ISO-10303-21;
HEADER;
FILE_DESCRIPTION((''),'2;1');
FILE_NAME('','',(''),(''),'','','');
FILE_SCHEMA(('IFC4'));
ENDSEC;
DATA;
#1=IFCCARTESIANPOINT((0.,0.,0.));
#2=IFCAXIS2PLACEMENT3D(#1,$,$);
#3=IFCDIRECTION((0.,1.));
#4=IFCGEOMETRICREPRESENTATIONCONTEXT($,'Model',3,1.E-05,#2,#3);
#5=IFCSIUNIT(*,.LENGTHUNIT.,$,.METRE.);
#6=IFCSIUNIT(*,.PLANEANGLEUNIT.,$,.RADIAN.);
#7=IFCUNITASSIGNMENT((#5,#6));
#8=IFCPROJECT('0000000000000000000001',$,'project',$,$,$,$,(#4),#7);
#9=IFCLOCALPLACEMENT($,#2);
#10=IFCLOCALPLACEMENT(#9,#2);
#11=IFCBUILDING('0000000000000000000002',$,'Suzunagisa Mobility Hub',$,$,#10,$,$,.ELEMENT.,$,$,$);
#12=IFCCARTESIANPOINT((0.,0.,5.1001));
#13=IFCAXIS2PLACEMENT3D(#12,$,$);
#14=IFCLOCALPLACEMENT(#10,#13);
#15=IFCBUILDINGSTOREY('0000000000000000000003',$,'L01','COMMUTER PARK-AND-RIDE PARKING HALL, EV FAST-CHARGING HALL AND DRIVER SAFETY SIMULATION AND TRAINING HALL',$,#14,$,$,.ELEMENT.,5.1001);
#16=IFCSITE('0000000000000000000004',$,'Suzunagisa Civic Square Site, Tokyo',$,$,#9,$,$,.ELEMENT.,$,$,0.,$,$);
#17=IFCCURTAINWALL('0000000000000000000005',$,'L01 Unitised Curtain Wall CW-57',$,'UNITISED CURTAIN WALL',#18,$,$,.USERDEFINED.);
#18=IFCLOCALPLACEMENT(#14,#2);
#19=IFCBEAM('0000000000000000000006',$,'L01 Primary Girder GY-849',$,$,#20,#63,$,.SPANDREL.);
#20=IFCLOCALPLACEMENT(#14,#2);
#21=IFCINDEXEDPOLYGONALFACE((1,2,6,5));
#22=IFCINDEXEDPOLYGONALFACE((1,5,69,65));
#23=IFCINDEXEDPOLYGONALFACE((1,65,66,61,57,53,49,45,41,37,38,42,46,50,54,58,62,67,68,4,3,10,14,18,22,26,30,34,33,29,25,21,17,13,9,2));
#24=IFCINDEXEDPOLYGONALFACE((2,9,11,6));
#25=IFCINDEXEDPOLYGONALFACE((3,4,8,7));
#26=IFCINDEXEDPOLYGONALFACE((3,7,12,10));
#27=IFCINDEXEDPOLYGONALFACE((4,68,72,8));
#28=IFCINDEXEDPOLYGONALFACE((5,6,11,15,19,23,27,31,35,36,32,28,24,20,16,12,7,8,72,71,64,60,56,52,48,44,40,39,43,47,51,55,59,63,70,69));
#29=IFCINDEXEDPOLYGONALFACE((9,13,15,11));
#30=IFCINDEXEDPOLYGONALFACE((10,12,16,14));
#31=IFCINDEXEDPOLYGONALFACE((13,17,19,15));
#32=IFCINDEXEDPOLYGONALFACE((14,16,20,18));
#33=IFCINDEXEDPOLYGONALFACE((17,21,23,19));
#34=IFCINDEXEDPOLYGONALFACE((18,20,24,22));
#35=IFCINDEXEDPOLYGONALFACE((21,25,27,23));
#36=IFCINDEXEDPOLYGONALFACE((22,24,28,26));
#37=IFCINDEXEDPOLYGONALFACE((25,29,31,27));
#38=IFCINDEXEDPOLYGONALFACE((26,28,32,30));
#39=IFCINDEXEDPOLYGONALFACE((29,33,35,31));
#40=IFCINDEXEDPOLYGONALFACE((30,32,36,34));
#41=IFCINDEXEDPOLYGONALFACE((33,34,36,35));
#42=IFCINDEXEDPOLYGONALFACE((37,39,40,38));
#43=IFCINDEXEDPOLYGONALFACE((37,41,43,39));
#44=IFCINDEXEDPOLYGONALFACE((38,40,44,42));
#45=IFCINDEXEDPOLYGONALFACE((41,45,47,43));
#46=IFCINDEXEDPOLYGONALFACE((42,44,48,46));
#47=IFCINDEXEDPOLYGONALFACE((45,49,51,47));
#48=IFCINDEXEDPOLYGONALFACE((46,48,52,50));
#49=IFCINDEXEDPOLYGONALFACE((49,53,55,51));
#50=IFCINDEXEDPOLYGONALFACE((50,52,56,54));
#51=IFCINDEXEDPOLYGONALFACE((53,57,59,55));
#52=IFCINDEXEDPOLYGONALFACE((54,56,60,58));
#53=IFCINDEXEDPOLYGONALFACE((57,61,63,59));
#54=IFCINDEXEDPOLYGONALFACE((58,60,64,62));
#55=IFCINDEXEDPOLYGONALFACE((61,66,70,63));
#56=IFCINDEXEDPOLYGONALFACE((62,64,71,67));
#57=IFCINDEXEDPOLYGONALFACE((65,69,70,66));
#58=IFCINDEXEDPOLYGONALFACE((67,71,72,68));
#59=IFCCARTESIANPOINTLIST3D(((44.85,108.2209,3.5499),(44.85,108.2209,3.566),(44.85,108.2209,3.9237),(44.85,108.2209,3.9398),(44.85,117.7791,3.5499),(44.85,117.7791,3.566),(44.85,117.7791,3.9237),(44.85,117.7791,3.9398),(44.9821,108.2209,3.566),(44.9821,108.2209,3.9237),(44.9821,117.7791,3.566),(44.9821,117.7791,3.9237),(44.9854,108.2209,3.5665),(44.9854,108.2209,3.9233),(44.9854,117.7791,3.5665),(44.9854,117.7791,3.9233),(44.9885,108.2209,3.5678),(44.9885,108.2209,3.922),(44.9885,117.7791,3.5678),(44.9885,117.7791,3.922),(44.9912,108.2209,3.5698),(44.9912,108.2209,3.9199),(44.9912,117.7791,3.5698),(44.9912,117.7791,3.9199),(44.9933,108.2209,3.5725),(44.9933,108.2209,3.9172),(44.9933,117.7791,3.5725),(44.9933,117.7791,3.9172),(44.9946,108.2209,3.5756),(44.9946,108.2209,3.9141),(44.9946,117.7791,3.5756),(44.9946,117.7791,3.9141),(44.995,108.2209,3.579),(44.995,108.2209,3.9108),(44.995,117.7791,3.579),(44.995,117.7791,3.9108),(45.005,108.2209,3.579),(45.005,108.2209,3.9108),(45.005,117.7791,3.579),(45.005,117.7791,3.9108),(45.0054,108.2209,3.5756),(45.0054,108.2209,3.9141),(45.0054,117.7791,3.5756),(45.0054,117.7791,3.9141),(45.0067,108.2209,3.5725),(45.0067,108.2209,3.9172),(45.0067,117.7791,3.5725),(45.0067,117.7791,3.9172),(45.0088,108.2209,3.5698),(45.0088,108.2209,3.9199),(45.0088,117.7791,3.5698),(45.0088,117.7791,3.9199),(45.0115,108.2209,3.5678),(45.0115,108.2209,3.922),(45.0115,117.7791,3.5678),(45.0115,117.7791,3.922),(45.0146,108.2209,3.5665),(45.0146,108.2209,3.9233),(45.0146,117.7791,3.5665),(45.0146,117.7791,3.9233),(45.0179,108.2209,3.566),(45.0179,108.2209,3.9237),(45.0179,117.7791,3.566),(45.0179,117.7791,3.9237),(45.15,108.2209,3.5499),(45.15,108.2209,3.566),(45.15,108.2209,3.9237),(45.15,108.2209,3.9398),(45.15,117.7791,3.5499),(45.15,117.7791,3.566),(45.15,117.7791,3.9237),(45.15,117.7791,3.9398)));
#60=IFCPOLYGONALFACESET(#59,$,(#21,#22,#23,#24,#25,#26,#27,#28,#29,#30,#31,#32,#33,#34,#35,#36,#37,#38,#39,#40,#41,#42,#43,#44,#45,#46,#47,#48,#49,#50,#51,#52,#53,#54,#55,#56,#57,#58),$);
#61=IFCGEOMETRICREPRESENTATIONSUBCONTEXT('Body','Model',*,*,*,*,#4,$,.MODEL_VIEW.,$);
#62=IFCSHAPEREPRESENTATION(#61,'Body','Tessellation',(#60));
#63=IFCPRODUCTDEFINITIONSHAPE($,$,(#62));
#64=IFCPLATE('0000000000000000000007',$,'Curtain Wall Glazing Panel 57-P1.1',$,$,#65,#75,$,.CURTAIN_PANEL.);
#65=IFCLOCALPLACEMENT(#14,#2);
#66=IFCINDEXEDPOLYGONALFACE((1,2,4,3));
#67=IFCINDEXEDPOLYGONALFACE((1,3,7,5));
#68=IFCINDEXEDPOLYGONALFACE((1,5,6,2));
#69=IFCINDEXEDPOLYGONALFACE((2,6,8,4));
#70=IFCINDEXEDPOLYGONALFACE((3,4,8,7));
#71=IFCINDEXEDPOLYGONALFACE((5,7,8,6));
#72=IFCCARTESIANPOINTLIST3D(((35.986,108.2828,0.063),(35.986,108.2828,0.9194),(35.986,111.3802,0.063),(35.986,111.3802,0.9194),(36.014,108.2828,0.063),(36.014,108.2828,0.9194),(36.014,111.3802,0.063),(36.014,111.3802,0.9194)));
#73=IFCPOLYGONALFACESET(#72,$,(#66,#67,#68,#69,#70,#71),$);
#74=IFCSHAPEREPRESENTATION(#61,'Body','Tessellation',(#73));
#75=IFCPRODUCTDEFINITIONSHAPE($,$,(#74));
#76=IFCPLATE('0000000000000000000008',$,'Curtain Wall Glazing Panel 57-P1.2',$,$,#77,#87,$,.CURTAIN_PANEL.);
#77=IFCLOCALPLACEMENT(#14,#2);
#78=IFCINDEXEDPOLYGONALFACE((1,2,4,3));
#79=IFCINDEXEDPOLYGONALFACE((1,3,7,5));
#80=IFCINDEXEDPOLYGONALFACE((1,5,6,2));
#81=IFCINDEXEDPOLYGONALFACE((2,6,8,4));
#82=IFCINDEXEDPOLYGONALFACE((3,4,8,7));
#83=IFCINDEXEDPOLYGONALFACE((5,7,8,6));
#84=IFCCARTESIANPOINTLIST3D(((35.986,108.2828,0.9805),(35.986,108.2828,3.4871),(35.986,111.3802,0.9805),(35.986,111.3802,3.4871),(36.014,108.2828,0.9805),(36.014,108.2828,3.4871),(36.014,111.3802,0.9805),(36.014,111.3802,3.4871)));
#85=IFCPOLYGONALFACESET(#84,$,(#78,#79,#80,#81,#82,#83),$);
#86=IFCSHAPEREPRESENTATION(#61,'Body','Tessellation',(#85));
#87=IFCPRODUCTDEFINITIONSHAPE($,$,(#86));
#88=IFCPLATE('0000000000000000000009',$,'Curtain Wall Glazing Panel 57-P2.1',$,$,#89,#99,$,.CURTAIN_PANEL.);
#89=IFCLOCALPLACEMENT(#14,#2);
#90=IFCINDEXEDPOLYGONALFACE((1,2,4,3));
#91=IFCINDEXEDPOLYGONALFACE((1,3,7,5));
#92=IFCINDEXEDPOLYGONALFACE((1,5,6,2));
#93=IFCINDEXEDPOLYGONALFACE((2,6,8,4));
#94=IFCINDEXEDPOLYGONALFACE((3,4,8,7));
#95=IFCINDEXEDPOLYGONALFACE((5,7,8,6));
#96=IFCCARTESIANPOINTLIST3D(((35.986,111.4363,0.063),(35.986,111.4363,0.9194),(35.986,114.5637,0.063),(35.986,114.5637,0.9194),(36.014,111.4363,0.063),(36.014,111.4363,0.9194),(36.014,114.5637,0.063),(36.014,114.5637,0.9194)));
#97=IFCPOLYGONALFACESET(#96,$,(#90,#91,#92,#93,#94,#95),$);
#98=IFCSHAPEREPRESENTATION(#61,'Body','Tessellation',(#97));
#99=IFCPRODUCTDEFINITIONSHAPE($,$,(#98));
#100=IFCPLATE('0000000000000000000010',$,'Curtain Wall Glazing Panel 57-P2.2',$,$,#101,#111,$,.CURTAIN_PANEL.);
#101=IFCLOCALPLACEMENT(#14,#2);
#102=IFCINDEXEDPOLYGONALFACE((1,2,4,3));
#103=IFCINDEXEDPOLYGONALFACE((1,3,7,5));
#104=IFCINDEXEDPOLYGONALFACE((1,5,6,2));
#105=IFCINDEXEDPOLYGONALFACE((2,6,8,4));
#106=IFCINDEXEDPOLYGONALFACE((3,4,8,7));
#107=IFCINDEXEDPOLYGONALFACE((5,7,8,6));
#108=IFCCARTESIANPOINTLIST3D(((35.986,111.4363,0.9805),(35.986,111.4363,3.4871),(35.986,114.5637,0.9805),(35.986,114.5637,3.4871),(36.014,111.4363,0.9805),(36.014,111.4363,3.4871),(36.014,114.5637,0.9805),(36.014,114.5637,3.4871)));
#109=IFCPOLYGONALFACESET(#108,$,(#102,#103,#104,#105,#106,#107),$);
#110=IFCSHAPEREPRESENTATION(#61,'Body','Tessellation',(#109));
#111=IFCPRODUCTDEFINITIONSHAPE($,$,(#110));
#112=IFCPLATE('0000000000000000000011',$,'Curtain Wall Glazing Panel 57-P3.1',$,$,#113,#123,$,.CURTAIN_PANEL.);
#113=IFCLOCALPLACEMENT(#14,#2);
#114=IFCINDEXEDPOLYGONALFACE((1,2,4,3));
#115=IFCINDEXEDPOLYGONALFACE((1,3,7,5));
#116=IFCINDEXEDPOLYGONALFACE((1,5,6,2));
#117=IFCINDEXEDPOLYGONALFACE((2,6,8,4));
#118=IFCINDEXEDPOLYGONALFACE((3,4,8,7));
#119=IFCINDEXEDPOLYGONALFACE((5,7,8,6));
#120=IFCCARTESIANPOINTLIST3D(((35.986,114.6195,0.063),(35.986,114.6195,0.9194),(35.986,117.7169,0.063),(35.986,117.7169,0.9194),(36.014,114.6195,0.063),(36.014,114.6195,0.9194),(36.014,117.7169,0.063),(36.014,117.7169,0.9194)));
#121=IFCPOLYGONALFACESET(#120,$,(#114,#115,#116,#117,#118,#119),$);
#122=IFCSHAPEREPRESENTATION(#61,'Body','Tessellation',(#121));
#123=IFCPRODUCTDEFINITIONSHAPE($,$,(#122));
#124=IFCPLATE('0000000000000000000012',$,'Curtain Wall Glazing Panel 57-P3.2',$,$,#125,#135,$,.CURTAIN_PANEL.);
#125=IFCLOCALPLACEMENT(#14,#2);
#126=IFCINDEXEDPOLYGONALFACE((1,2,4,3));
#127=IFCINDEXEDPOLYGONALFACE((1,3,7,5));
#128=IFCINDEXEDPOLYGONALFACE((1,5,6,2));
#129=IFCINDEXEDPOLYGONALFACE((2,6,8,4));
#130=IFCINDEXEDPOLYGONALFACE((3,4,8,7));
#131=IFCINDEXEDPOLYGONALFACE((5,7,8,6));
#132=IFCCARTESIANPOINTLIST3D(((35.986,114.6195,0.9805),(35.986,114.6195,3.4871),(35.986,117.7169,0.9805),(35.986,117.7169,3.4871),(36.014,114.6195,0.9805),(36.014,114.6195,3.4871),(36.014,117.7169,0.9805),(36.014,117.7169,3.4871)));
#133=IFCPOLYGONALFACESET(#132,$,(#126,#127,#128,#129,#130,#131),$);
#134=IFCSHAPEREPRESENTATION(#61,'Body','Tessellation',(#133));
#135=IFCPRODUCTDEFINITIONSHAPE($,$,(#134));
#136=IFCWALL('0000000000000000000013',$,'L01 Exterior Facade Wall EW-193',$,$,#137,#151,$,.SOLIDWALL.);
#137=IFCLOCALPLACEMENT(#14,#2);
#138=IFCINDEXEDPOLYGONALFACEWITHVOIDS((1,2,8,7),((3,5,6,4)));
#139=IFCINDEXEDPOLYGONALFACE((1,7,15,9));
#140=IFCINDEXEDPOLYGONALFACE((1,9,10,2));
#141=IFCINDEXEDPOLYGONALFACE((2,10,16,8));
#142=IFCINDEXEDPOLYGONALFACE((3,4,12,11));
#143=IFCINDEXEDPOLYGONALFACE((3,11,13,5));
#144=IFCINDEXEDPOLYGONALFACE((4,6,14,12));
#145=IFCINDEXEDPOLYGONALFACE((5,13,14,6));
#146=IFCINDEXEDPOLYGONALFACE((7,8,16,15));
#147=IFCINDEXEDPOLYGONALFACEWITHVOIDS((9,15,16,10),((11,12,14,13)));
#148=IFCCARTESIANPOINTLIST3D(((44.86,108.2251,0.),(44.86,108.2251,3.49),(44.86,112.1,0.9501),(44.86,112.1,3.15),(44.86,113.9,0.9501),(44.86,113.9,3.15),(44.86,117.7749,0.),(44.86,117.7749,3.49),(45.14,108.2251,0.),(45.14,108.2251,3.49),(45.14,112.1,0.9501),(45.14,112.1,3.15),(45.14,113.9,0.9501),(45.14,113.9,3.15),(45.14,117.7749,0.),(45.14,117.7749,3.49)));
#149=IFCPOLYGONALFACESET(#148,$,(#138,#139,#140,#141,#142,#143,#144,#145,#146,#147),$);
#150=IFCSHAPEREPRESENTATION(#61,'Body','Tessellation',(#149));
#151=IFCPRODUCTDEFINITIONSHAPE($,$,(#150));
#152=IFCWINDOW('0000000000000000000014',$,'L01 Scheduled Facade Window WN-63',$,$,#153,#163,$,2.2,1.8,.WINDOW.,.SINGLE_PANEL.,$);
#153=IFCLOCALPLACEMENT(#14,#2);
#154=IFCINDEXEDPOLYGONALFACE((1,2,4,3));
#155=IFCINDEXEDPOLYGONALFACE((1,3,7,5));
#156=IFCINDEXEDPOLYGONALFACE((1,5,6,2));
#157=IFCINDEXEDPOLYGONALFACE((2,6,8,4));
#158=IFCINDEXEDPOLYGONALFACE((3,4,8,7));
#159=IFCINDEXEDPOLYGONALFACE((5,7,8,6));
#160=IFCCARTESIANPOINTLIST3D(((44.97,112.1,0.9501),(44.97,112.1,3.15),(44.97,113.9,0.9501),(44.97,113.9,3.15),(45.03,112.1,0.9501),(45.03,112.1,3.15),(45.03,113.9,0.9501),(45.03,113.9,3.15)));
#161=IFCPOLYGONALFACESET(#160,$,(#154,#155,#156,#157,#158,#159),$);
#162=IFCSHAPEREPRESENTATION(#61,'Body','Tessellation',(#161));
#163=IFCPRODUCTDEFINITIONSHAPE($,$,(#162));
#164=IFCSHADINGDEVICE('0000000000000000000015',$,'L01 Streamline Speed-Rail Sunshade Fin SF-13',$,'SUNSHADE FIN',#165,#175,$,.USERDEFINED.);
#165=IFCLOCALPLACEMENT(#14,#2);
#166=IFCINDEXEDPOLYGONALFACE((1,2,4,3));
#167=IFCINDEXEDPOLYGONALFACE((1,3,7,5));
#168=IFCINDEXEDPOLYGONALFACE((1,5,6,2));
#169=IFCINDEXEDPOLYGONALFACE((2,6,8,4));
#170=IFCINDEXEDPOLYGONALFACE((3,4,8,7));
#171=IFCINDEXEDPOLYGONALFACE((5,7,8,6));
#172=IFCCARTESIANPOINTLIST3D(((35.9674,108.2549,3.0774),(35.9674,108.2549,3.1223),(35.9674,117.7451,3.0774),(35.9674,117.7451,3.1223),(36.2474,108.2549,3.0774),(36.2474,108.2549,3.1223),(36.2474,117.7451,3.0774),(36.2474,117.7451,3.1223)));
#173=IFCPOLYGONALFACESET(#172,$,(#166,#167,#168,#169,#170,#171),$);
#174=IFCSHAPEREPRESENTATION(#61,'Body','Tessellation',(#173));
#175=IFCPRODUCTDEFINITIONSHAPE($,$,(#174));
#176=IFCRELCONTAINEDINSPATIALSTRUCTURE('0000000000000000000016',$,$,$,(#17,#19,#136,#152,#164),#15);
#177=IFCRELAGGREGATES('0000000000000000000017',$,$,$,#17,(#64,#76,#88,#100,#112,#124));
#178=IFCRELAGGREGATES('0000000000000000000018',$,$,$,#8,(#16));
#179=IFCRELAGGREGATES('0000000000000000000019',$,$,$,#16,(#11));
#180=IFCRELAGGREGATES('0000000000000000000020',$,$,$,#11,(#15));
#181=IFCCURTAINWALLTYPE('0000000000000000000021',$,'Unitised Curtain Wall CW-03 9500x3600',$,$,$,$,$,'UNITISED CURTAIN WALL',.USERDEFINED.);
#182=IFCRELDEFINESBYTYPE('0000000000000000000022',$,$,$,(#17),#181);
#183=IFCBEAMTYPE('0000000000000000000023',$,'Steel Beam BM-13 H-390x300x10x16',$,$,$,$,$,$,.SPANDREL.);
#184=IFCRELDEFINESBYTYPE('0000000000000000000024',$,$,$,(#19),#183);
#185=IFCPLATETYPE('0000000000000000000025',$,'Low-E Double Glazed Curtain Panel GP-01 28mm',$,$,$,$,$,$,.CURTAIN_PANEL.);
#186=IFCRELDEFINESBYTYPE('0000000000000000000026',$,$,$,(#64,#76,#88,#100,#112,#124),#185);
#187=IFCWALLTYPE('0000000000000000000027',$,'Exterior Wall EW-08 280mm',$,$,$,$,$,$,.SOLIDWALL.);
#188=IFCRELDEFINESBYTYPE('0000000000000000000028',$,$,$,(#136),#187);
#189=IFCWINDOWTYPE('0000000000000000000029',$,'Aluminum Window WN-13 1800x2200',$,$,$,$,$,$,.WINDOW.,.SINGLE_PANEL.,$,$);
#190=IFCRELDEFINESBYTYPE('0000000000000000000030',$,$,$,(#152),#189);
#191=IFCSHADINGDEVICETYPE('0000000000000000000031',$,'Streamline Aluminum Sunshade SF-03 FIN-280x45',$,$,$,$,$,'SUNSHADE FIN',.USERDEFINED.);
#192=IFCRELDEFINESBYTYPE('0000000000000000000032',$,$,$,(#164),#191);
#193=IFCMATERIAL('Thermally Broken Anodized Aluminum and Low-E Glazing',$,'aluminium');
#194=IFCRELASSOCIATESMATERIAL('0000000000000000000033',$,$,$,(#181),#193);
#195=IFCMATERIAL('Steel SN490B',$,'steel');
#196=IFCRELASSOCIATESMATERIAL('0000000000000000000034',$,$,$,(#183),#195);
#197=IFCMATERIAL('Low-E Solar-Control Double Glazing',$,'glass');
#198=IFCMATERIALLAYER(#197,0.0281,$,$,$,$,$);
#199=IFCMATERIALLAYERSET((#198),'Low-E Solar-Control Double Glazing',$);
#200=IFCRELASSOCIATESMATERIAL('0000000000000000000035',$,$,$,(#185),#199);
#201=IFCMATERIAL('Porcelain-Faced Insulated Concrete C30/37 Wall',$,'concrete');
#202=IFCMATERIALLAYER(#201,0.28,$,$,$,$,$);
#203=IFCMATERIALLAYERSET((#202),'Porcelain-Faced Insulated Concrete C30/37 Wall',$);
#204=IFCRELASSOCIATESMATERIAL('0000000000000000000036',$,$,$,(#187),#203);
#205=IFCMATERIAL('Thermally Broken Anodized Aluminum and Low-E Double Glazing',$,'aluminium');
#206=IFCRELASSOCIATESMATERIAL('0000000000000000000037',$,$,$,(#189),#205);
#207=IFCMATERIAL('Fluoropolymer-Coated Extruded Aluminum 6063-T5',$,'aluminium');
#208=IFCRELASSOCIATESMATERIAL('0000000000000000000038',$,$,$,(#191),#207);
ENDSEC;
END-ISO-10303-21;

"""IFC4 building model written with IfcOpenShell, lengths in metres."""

from ifc_helpers import new_model, si_unit, direction, frame, frame_2d, origin, origin_2d, place, context, subcontext, project, spatial, rectangle, i_section, extrude, material, layer, layer_set, material_profile, profile_set, type_object, element, fill, aggregate, save


model = new_model("IFC4")

# Units and contexts
model_context = context("Model", 3, precision=1e-05, world=origin(), true_north=direction((0.0, 1.0)))
body_context = subcontext(model_context, "Body", "Model", "MODEL_VIEW")
ifc_project = project(units=[si_unit("LENGTHUNIT", "METRE"), si_unit("PLANEANGLEUNIT", "RADIAN")], contexts=[model_context])

# Site, building, storey
site_placement = place(None, origin())
site = spatial("IfcSite", under=ifc_project, at=site_placement, Name="Suzunagisa Civic Square Site, Tokyo", CompositionType="ELEMENT", RefElevation=0.0)
building_placement = place(site_placement, origin())
building = spatial("IfcBuilding", under=site, at=building_placement, Name="Suzunagisa Mobility Hub", CompositionType="ELEMENT")
storey_placement = place(building_placement, frame((0.0, 0.0, 5.1001)))
storey = spatial("IfcBuildingStorey", under=building, at=storey_placement, Name="L01", Description="COMMUTER PARK-AND-RIDE PARKING HALL, EV FAST-CHARGING HALL AND DRIVER SAFETY SIMULATION AND TRAINING HALL", CompositionType="ELEMENT", Elevation=5.1001)

# Shared definitions
ifc_material_1 = material(Name="Steel SN490B", Category="steel")

# Curtain wall
ifc_material_2 = material(Name="Thermally Broken Anodized Aluminum and Low-E Glazing", Category="aluminium")
curtain_wall_type = type_object("IfcCurtainWallType", Name="Unitised Curtain Wall CW-03 9500x3600", ElementType="UNITISED CURTAIN WALL", PredefinedType="USERDEFINED", material=ifc_material_2)
curtain_wall_placement = place(storey_placement, origin())
curtain_wall = element("IfcCurtainWall", 1, at=curtain_wall_placement, inside=storey, type_object=curtain_wall_type, Name="L01 Unitised Curtain Wall CW-57", ObjectType="UNITISED CURTAIN WALL", PredefinedType="USERDEFINED")

# Beam
ifc_material_profile_1 = material_profile(ifc_material_1, i_section(OverallWidth=0.3, OverallDepth=0.3899, WebThickness=0.01, FlangeThickness=0.0161, FilletRadius=0.0129, at=origin_2d()), Name="H-390x300x10x16")
ifc_profile_set_1 = profile_set([ifc_material_profile_1], Name="Steel SN490B")
beam_type = type_object("IfcBeamType", Name="Steel Beam BM-13 H-390x300x10x16", PredefinedType="SPANDREL", material=ifc_profile_set_1)
for number, where, z_axis, x_axis, name in (
    (2, (45.0, 108.2209, 3.7449), (0.0, 1.0, 0.0), (-1.0, 0.0, 0.0), "L01 Primary Girder GY-849"),
):
    element("IfcBeam", number, at=place(storey_placement, frame(where, z_axis=z_axis, x_axis=x_axis)), inside=storey, type_object=beam_type, Name=name, PredefinedType="SPANDREL", context=body_context, shape_type="SweptSolid", body=[
        extrude(i_section(OverallWidth=0.3, OverallDepth=0.3899, WebThickness=0.01, FlangeThickness=0.0161, FilletRadius=0.0129, at=origin_2d()), origin(), (0.0, 0.0, 1.0), 9.5581),
    ])

# Plates
ifc_material_3 = material(Name="Low-E Solar-Control Double Glazing", Category="glass")
ifc_layer_1 = layer(ifc_material_3, 0.0281)
ifc_layer_set_1 = layer_set([ifc_layer_1], Name="Low-E Solar-Control Double Glazing")
plate_type = type_object("IfcPlateType", Name="Low-E Double Glazed Curtain Panel GP-01 28mm", PredefinedType="CURTAIN_PANEL", material=ifc_layer_set_1)
plate_1_placement = place(storey_placement, frame((36.0, 109.8315, 0.063), z_axis=(0.0, 0.0, 1.0), x_axis=(0.0, 1.0, 0.0)))
plate_1 = element("IfcPlate", 3, at=plate_1_placement, type_object=plate_type, Name="Curtain Wall Glazing Panel 57-P1.1", PredefinedType="CURTAIN_PANEL", context=body_context, shape_type="SweptSolid", body=[
    extrude(rectangle(XDim=3.0974, YDim=0.0281, at=origin_2d()), origin(), (0.0, 0.0, 1.0), 0.8564),
])
plate_2_placement = place(storey_placement, frame((36.0, 109.8315, 0.9805), z_axis=(0.0, 0.0, 1.0), x_axis=(0.0, 1.0, 0.0)))
plate_2 = element("IfcPlate", 4, at=plate_2_placement, type_object=plate_type, Name="Curtain Wall Glazing Panel 57-P1.2", PredefinedType="CURTAIN_PANEL", context=body_context, shape_type="SweptSolid", body=[
    extrude(rectangle(XDim=3.0974, YDim=0.0281, at=origin_2d()), origin(), (0.0, 0.0, 1.0), 2.5066),
])
plate_3_placement = place(storey_placement, frame((36.0, 113.0, 0.063), z_axis=(0.0, 0.0, 1.0), x_axis=(0.0, 1.0, 0.0)))
plate_3 = element("IfcPlate", 5, at=plate_3_placement, type_object=plate_type, Name="Curtain Wall Glazing Panel 57-P2.1", PredefinedType="CURTAIN_PANEL", context=body_context, shape_type="SweptSolid", body=[
    extrude(rectangle(XDim=3.1274, YDim=0.0281, at=origin_2d()), origin(), (0.0, 0.0, 1.0), 0.8564),
])
plate_4_placement = place(storey_placement, frame((36.0, 113.0, 0.9805), z_axis=(0.0, 0.0, 1.0), x_axis=(0.0, 1.0, 0.0)))
plate_4 = element("IfcPlate", 6, at=plate_4_placement, type_object=plate_type, Name="Curtain Wall Glazing Panel 57-P2.2", PredefinedType="CURTAIN_PANEL", context=body_context, shape_type="SweptSolid", body=[
    extrude(rectangle(XDim=3.1274, YDim=0.0281, at=origin_2d()), origin(), (0.0, 0.0, 1.0), 2.5066),
])
plate_5_placement = place(storey_placement, frame((36.0, 116.1682, 0.063), z_axis=(0.0, 0.0, 1.0), x_axis=(0.0, 1.0, 0.0)))
plate_5 = element("IfcPlate", 7, at=plate_5_placement, type_object=plate_type, Name="Curtain Wall Glazing Panel 57-P3.1", PredefinedType="CURTAIN_PANEL", context=body_context, shape_type="SweptSolid", body=[
    extrude(rectangle(XDim=3.0974, YDim=0.0281, at=origin_2d()), origin(), (0.0, 0.0, 1.0), 0.8564),
])
plate_6_placement = place(storey_placement, frame((36.0, 116.1682, 0.9805), z_axis=(0.0, 0.0, 1.0), x_axis=(0.0, 1.0, 0.0)))
plate_6 = element("IfcPlate", 8, at=plate_6_placement, type_object=plate_type, Name="Curtain Wall Glazing Panel 57-P3.2", PredefinedType="CURTAIN_PANEL", context=body_context, shape_type="SweptSolid", body=[
    extrude(rectangle(XDim=3.0974, YDim=0.0281, at=origin_2d()), origin(), (0.0, 0.0, 1.0), 2.5066),
])
aggregate(curtain_wall, [plate_1, plate_2, plate_3, plate_4, plate_5, plate_6])

# Wall, opening, window
ifc_material_4 = material(Name="Porcelain-Faced Insulated Concrete C30/37 Wall", Category="concrete")
ifc_layer_2 = layer(ifc_material_4, 0.28)
ifc_layer_set_2 = layer_set([ifc_layer_2], Name="Porcelain-Faced Insulated Concrete C30/37 Wall")
wall_type = type_object("IfcWallType", Name="Exterior Wall EW-08 280mm", PredefinedType="SOLIDWALL", material=ifc_layer_set_2)
wall_placement = place(storey_placement, frame((45.0, 117.7749, 0.0), z_axis=(0.0, 0.0, 1.0), x_axis=(0.0, -1.0, 0.0)))
wall = element("IfcWall", 9, at=wall_placement, inside=storey, type_object=wall_type, Name="L01 Exterior Facade Wall EW-193", PredefinedType="SOLIDWALL", context=body_context, shape_type="SweptSolid", body=[
    extrude(rectangle(XDim=9.5498, YDim=0.28, at=frame_2d((4.7749, 0.0))), origin(), (0.0, 0.0, 1.0), 3.49),
])
opening_placement = place(wall_placement, frame((3.875, 0.0, 0.95)))
opening = element("IfcOpeningElement", 10, at=opening_placement, cuts=wall, PredefinedType="OPENING", context=body_context, shape_type="SweptSolid", body=[
    extrude(rectangle(XDim=1.8, YDim=2.2, at=frame_2d((0.8999, 1.1001))), frame((0.0, 0.1509, 0.0), z_axis=(0.0, -1.0, 0.0), x_axis=(1.0, 0.0, 0.0)), (0.0, 0.0, 1.0), 0.302),
])
ifc_material_5 = material(Name="Thermally Broken Anodized Aluminum and Low-E Double Glazing", Category="aluminium")
window_type = type_object("IfcWindowType", Name="Aluminum Window WN-13 1800x2200", PartitioningType="SINGLE_PANEL", PredefinedType="WINDOW", material=ifc_material_5)
window_placement = place(opening_placement, origin())
window = element("IfcWindow", 11, at=window_placement, inside=storey, type_object=window_type, Name="L01 Scheduled Facade Window WN-63", OverallHeight=2.2, OverallWidth=1.8, PartitioningType="SINGLE_PANEL", PredefinedType="WINDOW", context=body_context, shape_type="SweptSolid", body=[
    extrude(rectangle(XDim=1.8, YDim=2.2, at=frame_2d((0.8999, 1.1001))), frame((0.0, 0.03, 0.0), z_axis=(0.0, -1.0, 0.0), x_axis=(1.0, 0.0, 0.0)), (0.0, 0.0, 1.0), 0.0601),
])
fill(opening, window)

# Shading device
ifc_material_6 = material(Name="Fluoropolymer-Coated Extruded Aluminum 6063-T5", Category="aluminium")
ifc_material_profile_2 = material_profile(ifc_material_6, rectangle(XDim=0.28, YDim=0.0449, at=origin_2d()), Name="FIN-280x45")
ifc_profile_set_2 = profile_set([ifc_material_profile_2], Name="Fluoropolymer-Coated Extruded Aluminum 6063-T5")
shading_device_type = type_object("IfcShadingDeviceType", Name="Streamline Aluminum Sunshade SF-03 FIN-280x45", ElementType="SUNSHADE FIN", PredefinedType="USERDEFINED", material=ifc_profile_set_2)
shading_device_placement = place(storey_placement, frame((36.1074, 108.2549, 3.0999), z_axis=(0.0, 1.0, 0.0), x_axis=(-1.0, 0.0, 0.0)))
element("IfcShadingDevice", 12, at=shading_device_placement, inside=storey, type_object=shading_device_type, Name="L01 Streamline Speed-Rail Sunshade Fin SF-13", ObjectType="SUNSHADE FIN", PredefinedType="USERDEFINED", context=body_context, shape_type="SweptSolid", body=[
    extrude(rectangle(XDim=0.28, YDim=0.0449, at=origin_2d()), origin(), (0.0, 0.0, 1.0), 9.4902),
])

save(model, "model.ifc")
